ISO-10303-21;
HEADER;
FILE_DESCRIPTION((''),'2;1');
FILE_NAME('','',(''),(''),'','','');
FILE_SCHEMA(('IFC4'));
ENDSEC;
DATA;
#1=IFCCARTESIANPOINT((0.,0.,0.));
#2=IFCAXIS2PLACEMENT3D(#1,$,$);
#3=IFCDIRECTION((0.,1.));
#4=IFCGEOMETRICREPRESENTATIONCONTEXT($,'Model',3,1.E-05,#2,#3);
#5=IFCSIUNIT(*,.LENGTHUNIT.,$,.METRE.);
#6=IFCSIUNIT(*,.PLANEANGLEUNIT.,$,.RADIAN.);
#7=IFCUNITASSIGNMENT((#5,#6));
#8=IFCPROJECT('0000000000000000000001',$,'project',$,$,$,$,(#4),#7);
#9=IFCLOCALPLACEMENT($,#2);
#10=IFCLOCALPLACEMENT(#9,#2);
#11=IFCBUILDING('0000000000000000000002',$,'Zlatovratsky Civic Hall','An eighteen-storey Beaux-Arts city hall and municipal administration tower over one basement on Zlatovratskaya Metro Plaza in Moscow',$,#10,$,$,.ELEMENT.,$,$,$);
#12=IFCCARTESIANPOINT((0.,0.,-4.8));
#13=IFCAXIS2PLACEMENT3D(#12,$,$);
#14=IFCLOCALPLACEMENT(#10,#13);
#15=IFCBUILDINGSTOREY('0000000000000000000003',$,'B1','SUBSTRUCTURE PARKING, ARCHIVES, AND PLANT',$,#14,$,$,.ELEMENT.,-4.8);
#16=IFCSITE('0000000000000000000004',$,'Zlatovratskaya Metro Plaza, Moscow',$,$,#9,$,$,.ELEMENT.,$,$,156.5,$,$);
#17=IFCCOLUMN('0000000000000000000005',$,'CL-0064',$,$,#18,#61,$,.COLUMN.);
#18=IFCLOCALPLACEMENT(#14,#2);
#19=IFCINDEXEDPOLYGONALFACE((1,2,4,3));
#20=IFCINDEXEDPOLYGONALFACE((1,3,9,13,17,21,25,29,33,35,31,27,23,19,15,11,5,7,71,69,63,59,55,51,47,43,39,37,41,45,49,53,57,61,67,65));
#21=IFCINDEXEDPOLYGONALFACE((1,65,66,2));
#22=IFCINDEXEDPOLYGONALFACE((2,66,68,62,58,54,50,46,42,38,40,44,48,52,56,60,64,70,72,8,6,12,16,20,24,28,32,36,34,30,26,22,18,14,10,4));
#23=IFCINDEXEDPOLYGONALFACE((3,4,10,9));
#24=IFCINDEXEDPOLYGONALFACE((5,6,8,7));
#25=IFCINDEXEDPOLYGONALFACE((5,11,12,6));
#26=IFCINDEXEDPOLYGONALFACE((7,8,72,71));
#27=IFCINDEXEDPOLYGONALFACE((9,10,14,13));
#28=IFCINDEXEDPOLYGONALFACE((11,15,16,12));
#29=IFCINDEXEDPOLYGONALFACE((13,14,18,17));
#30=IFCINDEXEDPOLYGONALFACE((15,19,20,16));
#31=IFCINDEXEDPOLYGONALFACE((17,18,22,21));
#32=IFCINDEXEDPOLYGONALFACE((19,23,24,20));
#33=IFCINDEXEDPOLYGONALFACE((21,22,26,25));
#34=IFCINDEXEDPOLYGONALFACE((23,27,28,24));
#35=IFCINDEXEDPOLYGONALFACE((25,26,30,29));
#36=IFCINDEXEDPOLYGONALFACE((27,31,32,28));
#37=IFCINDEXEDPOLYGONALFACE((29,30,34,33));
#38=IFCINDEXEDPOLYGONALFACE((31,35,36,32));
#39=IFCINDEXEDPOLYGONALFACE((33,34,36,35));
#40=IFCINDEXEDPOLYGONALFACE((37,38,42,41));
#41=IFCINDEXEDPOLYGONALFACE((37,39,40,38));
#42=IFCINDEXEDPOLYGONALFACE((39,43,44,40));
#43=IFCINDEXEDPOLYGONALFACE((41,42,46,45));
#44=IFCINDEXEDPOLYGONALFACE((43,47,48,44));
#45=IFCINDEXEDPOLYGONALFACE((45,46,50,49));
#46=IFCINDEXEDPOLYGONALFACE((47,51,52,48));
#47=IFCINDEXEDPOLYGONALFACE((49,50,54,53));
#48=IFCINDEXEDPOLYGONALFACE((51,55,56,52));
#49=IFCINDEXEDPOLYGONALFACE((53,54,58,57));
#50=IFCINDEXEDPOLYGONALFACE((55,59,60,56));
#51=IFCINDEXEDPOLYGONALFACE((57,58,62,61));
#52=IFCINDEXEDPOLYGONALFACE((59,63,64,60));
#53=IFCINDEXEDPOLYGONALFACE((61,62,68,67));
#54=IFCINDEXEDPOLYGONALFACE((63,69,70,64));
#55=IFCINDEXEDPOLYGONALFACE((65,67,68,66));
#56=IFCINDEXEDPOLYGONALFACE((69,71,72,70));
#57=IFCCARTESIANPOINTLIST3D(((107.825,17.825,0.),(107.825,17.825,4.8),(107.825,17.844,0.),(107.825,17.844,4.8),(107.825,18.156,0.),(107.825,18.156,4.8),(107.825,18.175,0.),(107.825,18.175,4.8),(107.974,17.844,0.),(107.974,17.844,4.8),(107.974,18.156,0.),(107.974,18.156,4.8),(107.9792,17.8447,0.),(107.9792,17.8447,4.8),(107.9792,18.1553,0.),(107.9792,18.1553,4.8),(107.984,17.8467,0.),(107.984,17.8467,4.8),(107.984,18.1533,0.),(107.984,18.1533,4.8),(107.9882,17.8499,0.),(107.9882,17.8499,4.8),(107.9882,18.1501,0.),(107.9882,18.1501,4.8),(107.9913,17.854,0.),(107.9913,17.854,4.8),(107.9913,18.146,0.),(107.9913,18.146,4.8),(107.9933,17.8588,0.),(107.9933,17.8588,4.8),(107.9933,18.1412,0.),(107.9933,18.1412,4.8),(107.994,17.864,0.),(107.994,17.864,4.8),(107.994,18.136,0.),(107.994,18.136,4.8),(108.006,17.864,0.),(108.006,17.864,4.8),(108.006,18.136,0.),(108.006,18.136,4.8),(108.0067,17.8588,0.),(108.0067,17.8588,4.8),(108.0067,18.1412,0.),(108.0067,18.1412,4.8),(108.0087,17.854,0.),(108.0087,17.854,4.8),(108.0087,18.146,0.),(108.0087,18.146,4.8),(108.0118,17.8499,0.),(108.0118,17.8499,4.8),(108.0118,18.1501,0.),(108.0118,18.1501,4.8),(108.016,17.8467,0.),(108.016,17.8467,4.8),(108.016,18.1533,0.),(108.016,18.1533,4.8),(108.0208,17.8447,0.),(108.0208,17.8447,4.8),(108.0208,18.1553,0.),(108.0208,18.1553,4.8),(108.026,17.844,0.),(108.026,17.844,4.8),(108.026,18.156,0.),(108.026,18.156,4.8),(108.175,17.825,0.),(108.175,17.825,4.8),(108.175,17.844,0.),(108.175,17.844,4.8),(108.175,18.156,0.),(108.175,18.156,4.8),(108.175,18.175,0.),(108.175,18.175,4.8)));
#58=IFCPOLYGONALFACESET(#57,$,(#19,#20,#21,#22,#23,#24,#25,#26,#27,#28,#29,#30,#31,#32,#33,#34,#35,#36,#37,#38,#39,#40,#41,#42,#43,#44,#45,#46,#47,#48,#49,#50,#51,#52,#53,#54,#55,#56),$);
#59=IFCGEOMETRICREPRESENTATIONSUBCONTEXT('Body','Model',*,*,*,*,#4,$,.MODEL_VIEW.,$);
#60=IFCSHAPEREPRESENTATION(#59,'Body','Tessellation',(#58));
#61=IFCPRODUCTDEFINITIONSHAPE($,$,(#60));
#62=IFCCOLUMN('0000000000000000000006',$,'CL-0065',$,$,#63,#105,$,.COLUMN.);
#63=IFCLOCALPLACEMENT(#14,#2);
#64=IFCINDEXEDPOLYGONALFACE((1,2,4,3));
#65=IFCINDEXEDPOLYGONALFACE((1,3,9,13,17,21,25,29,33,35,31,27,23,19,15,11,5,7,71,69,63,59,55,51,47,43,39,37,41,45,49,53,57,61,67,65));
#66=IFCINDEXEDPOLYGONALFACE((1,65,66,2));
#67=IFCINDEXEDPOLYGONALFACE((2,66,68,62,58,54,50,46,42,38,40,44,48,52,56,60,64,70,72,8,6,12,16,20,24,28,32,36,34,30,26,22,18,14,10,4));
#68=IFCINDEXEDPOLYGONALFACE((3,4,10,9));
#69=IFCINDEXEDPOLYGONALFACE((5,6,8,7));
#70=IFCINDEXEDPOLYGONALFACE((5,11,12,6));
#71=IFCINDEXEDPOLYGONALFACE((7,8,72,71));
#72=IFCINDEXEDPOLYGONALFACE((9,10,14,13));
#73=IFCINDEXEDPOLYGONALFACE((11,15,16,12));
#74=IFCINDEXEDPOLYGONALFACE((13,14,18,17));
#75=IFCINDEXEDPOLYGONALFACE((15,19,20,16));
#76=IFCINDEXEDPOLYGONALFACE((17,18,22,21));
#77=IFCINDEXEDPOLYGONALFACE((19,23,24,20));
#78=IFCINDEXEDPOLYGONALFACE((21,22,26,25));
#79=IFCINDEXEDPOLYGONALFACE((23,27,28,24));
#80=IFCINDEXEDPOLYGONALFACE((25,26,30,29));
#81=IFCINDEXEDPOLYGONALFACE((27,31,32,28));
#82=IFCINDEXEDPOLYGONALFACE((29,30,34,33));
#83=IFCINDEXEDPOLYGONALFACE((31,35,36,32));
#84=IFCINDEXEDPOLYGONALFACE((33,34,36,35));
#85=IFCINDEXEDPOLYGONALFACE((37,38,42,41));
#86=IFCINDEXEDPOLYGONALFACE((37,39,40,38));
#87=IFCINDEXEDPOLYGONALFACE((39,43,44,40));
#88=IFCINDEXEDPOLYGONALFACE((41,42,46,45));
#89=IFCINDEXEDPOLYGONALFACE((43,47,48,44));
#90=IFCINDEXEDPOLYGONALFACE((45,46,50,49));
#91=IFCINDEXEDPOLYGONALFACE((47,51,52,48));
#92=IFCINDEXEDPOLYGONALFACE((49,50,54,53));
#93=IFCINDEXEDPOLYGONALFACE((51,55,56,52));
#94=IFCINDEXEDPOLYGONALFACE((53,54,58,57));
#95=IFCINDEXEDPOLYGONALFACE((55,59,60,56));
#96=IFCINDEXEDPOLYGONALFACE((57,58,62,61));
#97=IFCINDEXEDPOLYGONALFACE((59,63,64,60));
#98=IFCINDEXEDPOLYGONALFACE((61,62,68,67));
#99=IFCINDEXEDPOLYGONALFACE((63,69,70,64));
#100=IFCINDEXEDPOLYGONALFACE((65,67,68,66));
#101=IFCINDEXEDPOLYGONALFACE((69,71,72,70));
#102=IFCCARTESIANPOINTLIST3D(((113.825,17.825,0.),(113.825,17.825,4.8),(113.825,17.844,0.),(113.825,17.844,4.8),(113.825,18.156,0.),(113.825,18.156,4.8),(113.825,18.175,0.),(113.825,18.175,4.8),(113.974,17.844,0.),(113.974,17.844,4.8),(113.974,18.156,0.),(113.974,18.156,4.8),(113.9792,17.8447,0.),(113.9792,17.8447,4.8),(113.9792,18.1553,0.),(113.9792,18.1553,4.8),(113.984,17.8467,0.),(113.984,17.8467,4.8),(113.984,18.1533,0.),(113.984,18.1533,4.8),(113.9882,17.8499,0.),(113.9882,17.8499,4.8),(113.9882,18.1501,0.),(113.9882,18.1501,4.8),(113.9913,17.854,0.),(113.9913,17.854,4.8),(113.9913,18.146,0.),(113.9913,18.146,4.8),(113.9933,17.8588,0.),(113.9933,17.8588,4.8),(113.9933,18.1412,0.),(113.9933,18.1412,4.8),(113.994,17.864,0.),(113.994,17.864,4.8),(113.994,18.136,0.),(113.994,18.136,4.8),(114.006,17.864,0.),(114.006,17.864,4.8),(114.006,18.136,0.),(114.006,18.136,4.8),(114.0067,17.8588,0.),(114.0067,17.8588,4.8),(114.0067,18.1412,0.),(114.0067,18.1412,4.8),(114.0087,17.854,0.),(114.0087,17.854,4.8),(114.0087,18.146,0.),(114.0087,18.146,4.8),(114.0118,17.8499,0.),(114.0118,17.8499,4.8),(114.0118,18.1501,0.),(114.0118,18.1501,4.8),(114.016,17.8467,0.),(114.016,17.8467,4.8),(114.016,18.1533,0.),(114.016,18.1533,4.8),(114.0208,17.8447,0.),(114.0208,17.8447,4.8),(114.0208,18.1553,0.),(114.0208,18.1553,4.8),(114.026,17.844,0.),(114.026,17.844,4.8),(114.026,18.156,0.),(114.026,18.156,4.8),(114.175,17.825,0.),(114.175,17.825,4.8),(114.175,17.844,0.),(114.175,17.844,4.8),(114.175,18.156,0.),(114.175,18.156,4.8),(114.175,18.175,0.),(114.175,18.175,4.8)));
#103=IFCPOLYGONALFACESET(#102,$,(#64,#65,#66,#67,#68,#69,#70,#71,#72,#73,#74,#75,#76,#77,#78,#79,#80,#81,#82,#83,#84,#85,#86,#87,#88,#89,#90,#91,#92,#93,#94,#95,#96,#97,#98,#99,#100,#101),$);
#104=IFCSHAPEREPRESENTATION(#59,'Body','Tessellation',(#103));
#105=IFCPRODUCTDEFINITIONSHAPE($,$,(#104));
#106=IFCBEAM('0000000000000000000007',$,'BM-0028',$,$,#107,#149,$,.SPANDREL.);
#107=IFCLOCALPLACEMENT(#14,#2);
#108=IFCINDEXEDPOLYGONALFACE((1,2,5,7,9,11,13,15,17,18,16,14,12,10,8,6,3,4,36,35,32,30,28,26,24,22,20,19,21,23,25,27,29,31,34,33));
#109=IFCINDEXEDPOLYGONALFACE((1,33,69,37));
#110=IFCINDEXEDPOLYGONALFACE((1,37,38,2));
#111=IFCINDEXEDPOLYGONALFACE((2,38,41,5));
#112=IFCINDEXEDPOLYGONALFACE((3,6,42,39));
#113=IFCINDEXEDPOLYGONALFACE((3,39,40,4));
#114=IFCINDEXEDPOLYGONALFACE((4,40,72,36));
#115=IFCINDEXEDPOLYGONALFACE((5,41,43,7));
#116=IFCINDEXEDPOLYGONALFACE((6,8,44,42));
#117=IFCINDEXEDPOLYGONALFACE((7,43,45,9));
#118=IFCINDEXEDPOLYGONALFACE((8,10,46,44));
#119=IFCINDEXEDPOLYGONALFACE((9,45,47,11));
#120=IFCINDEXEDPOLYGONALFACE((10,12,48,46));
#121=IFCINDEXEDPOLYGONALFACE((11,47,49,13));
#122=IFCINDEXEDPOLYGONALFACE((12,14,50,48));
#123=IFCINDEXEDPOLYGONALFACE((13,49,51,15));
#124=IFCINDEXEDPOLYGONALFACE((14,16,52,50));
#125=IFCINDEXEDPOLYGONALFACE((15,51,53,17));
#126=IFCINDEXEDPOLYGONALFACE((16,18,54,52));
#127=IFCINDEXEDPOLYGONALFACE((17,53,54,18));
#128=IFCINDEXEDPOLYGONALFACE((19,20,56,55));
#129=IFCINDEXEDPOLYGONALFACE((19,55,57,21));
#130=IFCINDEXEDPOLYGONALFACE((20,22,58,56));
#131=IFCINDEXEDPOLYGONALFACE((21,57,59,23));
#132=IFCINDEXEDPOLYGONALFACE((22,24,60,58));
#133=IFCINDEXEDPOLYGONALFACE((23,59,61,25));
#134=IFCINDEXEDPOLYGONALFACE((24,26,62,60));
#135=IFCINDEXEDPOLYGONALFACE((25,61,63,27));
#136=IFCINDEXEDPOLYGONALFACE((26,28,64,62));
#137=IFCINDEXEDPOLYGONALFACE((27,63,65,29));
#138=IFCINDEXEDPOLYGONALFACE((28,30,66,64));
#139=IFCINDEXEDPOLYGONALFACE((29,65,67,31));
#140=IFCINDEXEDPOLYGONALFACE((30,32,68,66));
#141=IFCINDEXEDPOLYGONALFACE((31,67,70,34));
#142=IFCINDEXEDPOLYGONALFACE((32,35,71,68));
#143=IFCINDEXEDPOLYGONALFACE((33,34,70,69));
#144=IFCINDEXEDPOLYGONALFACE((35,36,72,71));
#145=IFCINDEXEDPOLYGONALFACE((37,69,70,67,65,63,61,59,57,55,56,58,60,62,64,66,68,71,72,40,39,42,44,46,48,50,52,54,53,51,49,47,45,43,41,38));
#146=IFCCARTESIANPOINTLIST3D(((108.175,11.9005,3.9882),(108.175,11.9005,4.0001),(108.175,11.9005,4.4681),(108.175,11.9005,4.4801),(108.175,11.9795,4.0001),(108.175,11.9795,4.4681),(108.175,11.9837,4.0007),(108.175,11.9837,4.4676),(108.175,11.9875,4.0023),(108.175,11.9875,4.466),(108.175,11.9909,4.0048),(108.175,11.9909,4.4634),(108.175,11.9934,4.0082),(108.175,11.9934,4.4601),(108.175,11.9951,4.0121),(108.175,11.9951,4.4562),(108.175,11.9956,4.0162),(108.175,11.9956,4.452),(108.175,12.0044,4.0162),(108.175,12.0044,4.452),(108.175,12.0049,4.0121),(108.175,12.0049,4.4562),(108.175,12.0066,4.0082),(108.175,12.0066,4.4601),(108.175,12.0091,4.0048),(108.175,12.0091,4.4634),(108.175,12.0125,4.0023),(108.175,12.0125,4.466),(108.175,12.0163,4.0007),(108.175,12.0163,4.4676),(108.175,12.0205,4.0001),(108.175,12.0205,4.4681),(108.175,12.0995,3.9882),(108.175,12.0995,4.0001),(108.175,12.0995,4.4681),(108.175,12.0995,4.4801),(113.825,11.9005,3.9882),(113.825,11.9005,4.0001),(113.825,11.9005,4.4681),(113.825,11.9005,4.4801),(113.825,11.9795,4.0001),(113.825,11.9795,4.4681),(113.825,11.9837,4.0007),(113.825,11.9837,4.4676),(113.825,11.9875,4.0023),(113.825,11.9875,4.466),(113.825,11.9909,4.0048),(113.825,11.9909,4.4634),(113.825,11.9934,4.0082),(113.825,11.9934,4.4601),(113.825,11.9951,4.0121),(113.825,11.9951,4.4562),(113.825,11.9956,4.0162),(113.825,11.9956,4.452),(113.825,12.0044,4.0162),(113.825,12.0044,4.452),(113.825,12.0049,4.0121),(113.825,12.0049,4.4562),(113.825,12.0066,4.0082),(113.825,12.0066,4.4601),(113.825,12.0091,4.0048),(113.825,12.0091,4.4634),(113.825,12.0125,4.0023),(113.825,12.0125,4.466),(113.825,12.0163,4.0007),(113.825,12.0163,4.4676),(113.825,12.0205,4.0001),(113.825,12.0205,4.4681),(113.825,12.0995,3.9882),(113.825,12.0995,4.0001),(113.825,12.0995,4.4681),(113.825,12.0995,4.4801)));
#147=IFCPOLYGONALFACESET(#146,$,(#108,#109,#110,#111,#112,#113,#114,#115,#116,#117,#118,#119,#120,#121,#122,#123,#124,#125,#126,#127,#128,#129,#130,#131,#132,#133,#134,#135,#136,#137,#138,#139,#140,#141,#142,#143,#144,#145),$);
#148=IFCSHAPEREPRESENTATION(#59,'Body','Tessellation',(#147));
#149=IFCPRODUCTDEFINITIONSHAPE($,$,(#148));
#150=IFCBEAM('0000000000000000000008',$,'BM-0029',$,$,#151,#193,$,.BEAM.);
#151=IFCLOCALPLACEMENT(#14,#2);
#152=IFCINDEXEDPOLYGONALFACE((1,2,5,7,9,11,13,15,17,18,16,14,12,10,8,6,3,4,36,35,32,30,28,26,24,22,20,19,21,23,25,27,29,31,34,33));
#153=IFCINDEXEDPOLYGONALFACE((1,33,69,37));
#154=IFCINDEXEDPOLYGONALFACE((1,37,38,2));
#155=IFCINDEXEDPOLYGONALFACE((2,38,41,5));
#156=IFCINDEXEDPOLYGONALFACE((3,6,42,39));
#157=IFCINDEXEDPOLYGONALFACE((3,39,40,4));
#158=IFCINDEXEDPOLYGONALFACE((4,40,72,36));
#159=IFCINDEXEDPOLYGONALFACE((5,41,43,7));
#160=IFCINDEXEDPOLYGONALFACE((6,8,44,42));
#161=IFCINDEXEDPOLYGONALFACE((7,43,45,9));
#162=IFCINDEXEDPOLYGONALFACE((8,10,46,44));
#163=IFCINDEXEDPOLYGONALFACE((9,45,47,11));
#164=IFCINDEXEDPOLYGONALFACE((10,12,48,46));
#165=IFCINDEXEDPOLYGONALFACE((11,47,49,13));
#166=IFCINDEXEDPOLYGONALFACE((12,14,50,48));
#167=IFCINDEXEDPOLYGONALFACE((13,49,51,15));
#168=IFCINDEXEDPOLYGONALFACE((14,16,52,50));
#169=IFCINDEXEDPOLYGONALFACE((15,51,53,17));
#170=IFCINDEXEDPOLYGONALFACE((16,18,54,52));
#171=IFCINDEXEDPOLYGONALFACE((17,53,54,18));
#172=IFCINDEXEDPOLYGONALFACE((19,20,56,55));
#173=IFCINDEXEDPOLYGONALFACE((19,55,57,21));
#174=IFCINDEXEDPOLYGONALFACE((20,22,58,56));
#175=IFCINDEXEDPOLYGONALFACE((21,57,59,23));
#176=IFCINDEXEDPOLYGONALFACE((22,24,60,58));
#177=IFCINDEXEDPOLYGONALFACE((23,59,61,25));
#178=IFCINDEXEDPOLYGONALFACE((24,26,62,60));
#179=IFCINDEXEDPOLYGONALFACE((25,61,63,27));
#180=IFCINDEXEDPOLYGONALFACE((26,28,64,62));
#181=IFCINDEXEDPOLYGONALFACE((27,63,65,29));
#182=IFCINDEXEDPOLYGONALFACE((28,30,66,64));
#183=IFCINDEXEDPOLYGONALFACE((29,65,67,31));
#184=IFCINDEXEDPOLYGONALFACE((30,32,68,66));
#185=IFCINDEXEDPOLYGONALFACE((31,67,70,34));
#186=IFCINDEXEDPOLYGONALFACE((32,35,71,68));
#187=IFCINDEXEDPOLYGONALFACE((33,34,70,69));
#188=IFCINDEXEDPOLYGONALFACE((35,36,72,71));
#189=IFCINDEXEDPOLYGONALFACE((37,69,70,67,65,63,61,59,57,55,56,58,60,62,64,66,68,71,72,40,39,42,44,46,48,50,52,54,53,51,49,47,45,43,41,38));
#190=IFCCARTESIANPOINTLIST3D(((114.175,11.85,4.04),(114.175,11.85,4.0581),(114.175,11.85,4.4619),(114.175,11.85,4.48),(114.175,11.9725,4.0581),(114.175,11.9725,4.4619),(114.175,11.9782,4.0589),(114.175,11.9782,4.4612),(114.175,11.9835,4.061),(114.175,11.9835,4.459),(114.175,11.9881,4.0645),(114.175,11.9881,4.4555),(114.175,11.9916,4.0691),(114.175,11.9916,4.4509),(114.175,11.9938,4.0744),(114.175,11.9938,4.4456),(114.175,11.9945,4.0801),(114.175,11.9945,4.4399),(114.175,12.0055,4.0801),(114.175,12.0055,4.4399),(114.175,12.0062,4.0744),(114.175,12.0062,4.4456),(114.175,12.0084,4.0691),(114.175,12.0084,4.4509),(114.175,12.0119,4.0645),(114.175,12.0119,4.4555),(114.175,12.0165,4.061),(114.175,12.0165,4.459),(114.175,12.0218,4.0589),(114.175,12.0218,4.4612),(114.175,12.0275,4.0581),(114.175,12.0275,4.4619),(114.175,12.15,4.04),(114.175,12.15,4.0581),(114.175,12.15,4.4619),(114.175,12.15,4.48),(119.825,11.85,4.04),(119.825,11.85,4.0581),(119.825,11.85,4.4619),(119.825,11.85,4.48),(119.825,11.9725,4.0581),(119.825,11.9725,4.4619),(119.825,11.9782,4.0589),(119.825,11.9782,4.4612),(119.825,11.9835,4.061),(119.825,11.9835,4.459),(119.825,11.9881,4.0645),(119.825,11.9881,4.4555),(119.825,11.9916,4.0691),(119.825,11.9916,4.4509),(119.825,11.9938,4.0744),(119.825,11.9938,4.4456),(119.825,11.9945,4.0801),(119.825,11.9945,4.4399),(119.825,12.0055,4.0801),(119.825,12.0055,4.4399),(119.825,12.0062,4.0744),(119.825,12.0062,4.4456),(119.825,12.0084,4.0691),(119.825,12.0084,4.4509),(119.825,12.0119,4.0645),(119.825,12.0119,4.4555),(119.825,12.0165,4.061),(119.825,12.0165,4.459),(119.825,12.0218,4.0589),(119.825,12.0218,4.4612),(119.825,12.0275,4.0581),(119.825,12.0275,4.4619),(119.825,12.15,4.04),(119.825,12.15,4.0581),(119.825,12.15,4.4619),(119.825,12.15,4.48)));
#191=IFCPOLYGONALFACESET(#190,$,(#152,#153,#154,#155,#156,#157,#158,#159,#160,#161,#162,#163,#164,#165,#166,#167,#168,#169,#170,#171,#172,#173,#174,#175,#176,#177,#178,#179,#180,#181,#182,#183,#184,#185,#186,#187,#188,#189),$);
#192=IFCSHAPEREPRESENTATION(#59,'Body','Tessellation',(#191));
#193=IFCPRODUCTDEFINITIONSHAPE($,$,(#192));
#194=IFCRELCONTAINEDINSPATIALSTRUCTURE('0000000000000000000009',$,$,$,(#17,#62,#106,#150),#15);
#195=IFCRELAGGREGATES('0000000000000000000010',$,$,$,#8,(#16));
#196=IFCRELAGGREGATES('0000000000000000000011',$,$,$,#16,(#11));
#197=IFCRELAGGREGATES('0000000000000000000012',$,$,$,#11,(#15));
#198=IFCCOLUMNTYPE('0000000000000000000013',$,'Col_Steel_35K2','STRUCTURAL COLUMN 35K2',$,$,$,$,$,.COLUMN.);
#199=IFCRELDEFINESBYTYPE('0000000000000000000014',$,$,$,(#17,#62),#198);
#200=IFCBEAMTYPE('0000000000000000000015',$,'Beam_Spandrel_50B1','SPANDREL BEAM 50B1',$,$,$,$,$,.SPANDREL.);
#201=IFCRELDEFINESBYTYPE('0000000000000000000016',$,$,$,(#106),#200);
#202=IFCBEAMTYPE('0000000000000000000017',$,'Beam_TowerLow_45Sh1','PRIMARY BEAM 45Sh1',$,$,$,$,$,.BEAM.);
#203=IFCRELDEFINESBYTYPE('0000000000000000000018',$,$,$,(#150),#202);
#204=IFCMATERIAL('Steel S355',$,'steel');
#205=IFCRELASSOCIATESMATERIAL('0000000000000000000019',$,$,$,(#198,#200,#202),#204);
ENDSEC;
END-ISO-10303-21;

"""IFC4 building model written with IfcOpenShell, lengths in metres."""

from ifc_helpers import new_model, si_unit, direction, frame, origin, origin_2d, place, context, subcontext, project, spatial, i_section, extrude, material, material_profile, profile_set, type_object, element, save


model = new_model("IFC4")

# Units and contexts
model_context = context("Model", 3, precision=1e-05, world=origin(), true_north=direction((0.0, 1.0)))
body_context = subcontext(model_context, "Body", "Model", "MODEL_VIEW")
ifc_project = project(units=[si_unit("LENGTHUNIT", "METRE"), si_unit("PLANEANGLEUNIT", "RADIAN")], contexts=[model_context])

# Site, building, storey
site_placement = place(None, origin())
site = spatial("IfcSite", under=ifc_project, at=site_placement, Name="Zlatovratskaya Metro Plaza, Moscow", CompositionType="ELEMENT", RefElevation=156.5)
building_placement = place(site_placement, origin())
building = spatial("IfcBuilding", under=site, at=building_placement, Name="Zlatovratsky Civic Hall", Description="An eighteen-storey Beaux-Arts city hall and municipal administration tower over one basement on Zlatovratskaya Metro Plaza in Moscow", CompositionType="ELEMENT")
storey_placement = place(building_placement, frame((0.0, 0.0, -4.8)))
storey = spatial("IfcBuildingStorey", under=building, at=storey_placement, Name="B1", Description="SUBSTRUCTURE PARKING, ARCHIVES, AND PLANT", CompositionType="ELEMENT", Elevation=-4.8)

# Columns
ifc_material_1 = material(Name="Steel S355", Category="steel")
ifc_material_profile_1 = material_profile(ifc_material_1, i_section(OverallWidth=0.3501, OverallDepth=0.3501, WebThickness=0.012, FlangeThickness=0.019, FilletRadius=0.02, at=origin_2d()), Name="35K2")
ifc_profile_set_1 = profile_set([ifc_material_profile_1], Name="Steel S355")
column_type = type_object("IfcColumnType", Name="Col_Steel_35K2", Description="STRUCTURAL COLUMN 35K2", PredefinedType="COLUMN", material=ifc_profile_set_1)
for number, where, z_axis, x_axis, name in (
    (1, (108.0, 18.0, 0.0), (0.0, 0.0, 1.0), (1.0, 0.0, 0.0), "CL-0064"),
    (2, (114.0, 18.0, 0.0), (0.0, 0.0, 1.0), (1.0, 0.0, 0.0), "CL-0065"),
):
    element("IfcColumn", number, at=place(storey_placement, frame(where, z_axis=z_axis, x_axis=x_axis)), inside=storey, type_object=column_type, Name=name, PredefinedType="COLUMN", context=body_context, shape_type="SweptSolid", body=[
        extrude(i_section(OverallWidth=0.3501, OverallDepth=0.3501, WebThickness=0.012, FlangeThickness=0.019, FilletRadius=0.02, at=origin_2d()), origin(), (0.0, 0.0, 1.0), 4.8),
    ])

# Beams
ifc_material_profile_2 = material_profile(ifc_material_1, i_section(OverallWidth=0.199, OverallDepth=0.4919, WebThickness=0.0088, FlangeThickness=0.012, FilletRadius=0.0161, at=origin_2d()), Name="50B1")
ifc_profile_set_2 = profile_set([ifc_material_profile_2], Name="Steel S355")
beam_type_1 = type_object("IfcBeamType", Name="Beam_Spandrel_50B1", Description="SPANDREL BEAM 50B1", PredefinedType="SPANDREL", material=ifc_profile_set_2)
beam_placement = place(storey_placement, frame((108.175, 12.0, 4.2341), z_axis=(1.0, 0.0, 0.0), x_axis=(0.0, 1.0, 0.0)))
element("IfcBeam", 3, at=beam_placement, inside=storey, type_object=beam_type_1, Name="BM-0028", PredefinedType="SPANDREL", context=body_context, shape_type="SweptSolid", body=[
    extrude(i_section(OverallWidth=0.199, OverallDepth=0.4919, WebThickness=0.0088, FlangeThickness=0.012, FilletRadius=0.0161, at=origin_2d()), origin(), (0.0, 0.0, 1.0), 5.6499),
])
ifc_material_profile_3 = material_profile(ifc_material_1, i_section(OverallWidth=0.3, OverallDepth=0.4399, WebThickness=0.011, FlangeThickness=0.0181, FilletRadius=0.022, at=origin_2d()), Name="45Sh1")
ifc_profile_set_3 = profile_set([ifc_material_profile_3], Name="Steel S355")
beam_type_2 = type_object("IfcBeamType", Name="Beam_TowerLow_45Sh1", Description="PRIMARY BEAM 45Sh1", PredefinedType="BEAM", material=ifc_profile_set_3)
for number, where, z_axis, x_axis, name in (
    (4, (114.175, 12.0, 4.26), (1.0, 0.0, 0.0), (0.0, 1.0, 0.0), "BM-0029"),
):
    element("IfcBeam", number, at=place(storey_placement, frame(where, z_axis=z_axis, x_axis=x_axis)), inside=storey, type_object=beam_type_2, Name=name, PredefinedType="BEAM", context=body_context, shape_type="SweptSolid", body=[
        extrude(i_section(OverallWidth=0.3, OverallDepth=0.4399, WebThickness=0.011, FlangeThickness=0.0181, FilletRadius=0.022, at=origin_2d()), origin(), (0.0, 0.0, 1.0), 5.6499),
    ])

save(model, "model.ifc")
